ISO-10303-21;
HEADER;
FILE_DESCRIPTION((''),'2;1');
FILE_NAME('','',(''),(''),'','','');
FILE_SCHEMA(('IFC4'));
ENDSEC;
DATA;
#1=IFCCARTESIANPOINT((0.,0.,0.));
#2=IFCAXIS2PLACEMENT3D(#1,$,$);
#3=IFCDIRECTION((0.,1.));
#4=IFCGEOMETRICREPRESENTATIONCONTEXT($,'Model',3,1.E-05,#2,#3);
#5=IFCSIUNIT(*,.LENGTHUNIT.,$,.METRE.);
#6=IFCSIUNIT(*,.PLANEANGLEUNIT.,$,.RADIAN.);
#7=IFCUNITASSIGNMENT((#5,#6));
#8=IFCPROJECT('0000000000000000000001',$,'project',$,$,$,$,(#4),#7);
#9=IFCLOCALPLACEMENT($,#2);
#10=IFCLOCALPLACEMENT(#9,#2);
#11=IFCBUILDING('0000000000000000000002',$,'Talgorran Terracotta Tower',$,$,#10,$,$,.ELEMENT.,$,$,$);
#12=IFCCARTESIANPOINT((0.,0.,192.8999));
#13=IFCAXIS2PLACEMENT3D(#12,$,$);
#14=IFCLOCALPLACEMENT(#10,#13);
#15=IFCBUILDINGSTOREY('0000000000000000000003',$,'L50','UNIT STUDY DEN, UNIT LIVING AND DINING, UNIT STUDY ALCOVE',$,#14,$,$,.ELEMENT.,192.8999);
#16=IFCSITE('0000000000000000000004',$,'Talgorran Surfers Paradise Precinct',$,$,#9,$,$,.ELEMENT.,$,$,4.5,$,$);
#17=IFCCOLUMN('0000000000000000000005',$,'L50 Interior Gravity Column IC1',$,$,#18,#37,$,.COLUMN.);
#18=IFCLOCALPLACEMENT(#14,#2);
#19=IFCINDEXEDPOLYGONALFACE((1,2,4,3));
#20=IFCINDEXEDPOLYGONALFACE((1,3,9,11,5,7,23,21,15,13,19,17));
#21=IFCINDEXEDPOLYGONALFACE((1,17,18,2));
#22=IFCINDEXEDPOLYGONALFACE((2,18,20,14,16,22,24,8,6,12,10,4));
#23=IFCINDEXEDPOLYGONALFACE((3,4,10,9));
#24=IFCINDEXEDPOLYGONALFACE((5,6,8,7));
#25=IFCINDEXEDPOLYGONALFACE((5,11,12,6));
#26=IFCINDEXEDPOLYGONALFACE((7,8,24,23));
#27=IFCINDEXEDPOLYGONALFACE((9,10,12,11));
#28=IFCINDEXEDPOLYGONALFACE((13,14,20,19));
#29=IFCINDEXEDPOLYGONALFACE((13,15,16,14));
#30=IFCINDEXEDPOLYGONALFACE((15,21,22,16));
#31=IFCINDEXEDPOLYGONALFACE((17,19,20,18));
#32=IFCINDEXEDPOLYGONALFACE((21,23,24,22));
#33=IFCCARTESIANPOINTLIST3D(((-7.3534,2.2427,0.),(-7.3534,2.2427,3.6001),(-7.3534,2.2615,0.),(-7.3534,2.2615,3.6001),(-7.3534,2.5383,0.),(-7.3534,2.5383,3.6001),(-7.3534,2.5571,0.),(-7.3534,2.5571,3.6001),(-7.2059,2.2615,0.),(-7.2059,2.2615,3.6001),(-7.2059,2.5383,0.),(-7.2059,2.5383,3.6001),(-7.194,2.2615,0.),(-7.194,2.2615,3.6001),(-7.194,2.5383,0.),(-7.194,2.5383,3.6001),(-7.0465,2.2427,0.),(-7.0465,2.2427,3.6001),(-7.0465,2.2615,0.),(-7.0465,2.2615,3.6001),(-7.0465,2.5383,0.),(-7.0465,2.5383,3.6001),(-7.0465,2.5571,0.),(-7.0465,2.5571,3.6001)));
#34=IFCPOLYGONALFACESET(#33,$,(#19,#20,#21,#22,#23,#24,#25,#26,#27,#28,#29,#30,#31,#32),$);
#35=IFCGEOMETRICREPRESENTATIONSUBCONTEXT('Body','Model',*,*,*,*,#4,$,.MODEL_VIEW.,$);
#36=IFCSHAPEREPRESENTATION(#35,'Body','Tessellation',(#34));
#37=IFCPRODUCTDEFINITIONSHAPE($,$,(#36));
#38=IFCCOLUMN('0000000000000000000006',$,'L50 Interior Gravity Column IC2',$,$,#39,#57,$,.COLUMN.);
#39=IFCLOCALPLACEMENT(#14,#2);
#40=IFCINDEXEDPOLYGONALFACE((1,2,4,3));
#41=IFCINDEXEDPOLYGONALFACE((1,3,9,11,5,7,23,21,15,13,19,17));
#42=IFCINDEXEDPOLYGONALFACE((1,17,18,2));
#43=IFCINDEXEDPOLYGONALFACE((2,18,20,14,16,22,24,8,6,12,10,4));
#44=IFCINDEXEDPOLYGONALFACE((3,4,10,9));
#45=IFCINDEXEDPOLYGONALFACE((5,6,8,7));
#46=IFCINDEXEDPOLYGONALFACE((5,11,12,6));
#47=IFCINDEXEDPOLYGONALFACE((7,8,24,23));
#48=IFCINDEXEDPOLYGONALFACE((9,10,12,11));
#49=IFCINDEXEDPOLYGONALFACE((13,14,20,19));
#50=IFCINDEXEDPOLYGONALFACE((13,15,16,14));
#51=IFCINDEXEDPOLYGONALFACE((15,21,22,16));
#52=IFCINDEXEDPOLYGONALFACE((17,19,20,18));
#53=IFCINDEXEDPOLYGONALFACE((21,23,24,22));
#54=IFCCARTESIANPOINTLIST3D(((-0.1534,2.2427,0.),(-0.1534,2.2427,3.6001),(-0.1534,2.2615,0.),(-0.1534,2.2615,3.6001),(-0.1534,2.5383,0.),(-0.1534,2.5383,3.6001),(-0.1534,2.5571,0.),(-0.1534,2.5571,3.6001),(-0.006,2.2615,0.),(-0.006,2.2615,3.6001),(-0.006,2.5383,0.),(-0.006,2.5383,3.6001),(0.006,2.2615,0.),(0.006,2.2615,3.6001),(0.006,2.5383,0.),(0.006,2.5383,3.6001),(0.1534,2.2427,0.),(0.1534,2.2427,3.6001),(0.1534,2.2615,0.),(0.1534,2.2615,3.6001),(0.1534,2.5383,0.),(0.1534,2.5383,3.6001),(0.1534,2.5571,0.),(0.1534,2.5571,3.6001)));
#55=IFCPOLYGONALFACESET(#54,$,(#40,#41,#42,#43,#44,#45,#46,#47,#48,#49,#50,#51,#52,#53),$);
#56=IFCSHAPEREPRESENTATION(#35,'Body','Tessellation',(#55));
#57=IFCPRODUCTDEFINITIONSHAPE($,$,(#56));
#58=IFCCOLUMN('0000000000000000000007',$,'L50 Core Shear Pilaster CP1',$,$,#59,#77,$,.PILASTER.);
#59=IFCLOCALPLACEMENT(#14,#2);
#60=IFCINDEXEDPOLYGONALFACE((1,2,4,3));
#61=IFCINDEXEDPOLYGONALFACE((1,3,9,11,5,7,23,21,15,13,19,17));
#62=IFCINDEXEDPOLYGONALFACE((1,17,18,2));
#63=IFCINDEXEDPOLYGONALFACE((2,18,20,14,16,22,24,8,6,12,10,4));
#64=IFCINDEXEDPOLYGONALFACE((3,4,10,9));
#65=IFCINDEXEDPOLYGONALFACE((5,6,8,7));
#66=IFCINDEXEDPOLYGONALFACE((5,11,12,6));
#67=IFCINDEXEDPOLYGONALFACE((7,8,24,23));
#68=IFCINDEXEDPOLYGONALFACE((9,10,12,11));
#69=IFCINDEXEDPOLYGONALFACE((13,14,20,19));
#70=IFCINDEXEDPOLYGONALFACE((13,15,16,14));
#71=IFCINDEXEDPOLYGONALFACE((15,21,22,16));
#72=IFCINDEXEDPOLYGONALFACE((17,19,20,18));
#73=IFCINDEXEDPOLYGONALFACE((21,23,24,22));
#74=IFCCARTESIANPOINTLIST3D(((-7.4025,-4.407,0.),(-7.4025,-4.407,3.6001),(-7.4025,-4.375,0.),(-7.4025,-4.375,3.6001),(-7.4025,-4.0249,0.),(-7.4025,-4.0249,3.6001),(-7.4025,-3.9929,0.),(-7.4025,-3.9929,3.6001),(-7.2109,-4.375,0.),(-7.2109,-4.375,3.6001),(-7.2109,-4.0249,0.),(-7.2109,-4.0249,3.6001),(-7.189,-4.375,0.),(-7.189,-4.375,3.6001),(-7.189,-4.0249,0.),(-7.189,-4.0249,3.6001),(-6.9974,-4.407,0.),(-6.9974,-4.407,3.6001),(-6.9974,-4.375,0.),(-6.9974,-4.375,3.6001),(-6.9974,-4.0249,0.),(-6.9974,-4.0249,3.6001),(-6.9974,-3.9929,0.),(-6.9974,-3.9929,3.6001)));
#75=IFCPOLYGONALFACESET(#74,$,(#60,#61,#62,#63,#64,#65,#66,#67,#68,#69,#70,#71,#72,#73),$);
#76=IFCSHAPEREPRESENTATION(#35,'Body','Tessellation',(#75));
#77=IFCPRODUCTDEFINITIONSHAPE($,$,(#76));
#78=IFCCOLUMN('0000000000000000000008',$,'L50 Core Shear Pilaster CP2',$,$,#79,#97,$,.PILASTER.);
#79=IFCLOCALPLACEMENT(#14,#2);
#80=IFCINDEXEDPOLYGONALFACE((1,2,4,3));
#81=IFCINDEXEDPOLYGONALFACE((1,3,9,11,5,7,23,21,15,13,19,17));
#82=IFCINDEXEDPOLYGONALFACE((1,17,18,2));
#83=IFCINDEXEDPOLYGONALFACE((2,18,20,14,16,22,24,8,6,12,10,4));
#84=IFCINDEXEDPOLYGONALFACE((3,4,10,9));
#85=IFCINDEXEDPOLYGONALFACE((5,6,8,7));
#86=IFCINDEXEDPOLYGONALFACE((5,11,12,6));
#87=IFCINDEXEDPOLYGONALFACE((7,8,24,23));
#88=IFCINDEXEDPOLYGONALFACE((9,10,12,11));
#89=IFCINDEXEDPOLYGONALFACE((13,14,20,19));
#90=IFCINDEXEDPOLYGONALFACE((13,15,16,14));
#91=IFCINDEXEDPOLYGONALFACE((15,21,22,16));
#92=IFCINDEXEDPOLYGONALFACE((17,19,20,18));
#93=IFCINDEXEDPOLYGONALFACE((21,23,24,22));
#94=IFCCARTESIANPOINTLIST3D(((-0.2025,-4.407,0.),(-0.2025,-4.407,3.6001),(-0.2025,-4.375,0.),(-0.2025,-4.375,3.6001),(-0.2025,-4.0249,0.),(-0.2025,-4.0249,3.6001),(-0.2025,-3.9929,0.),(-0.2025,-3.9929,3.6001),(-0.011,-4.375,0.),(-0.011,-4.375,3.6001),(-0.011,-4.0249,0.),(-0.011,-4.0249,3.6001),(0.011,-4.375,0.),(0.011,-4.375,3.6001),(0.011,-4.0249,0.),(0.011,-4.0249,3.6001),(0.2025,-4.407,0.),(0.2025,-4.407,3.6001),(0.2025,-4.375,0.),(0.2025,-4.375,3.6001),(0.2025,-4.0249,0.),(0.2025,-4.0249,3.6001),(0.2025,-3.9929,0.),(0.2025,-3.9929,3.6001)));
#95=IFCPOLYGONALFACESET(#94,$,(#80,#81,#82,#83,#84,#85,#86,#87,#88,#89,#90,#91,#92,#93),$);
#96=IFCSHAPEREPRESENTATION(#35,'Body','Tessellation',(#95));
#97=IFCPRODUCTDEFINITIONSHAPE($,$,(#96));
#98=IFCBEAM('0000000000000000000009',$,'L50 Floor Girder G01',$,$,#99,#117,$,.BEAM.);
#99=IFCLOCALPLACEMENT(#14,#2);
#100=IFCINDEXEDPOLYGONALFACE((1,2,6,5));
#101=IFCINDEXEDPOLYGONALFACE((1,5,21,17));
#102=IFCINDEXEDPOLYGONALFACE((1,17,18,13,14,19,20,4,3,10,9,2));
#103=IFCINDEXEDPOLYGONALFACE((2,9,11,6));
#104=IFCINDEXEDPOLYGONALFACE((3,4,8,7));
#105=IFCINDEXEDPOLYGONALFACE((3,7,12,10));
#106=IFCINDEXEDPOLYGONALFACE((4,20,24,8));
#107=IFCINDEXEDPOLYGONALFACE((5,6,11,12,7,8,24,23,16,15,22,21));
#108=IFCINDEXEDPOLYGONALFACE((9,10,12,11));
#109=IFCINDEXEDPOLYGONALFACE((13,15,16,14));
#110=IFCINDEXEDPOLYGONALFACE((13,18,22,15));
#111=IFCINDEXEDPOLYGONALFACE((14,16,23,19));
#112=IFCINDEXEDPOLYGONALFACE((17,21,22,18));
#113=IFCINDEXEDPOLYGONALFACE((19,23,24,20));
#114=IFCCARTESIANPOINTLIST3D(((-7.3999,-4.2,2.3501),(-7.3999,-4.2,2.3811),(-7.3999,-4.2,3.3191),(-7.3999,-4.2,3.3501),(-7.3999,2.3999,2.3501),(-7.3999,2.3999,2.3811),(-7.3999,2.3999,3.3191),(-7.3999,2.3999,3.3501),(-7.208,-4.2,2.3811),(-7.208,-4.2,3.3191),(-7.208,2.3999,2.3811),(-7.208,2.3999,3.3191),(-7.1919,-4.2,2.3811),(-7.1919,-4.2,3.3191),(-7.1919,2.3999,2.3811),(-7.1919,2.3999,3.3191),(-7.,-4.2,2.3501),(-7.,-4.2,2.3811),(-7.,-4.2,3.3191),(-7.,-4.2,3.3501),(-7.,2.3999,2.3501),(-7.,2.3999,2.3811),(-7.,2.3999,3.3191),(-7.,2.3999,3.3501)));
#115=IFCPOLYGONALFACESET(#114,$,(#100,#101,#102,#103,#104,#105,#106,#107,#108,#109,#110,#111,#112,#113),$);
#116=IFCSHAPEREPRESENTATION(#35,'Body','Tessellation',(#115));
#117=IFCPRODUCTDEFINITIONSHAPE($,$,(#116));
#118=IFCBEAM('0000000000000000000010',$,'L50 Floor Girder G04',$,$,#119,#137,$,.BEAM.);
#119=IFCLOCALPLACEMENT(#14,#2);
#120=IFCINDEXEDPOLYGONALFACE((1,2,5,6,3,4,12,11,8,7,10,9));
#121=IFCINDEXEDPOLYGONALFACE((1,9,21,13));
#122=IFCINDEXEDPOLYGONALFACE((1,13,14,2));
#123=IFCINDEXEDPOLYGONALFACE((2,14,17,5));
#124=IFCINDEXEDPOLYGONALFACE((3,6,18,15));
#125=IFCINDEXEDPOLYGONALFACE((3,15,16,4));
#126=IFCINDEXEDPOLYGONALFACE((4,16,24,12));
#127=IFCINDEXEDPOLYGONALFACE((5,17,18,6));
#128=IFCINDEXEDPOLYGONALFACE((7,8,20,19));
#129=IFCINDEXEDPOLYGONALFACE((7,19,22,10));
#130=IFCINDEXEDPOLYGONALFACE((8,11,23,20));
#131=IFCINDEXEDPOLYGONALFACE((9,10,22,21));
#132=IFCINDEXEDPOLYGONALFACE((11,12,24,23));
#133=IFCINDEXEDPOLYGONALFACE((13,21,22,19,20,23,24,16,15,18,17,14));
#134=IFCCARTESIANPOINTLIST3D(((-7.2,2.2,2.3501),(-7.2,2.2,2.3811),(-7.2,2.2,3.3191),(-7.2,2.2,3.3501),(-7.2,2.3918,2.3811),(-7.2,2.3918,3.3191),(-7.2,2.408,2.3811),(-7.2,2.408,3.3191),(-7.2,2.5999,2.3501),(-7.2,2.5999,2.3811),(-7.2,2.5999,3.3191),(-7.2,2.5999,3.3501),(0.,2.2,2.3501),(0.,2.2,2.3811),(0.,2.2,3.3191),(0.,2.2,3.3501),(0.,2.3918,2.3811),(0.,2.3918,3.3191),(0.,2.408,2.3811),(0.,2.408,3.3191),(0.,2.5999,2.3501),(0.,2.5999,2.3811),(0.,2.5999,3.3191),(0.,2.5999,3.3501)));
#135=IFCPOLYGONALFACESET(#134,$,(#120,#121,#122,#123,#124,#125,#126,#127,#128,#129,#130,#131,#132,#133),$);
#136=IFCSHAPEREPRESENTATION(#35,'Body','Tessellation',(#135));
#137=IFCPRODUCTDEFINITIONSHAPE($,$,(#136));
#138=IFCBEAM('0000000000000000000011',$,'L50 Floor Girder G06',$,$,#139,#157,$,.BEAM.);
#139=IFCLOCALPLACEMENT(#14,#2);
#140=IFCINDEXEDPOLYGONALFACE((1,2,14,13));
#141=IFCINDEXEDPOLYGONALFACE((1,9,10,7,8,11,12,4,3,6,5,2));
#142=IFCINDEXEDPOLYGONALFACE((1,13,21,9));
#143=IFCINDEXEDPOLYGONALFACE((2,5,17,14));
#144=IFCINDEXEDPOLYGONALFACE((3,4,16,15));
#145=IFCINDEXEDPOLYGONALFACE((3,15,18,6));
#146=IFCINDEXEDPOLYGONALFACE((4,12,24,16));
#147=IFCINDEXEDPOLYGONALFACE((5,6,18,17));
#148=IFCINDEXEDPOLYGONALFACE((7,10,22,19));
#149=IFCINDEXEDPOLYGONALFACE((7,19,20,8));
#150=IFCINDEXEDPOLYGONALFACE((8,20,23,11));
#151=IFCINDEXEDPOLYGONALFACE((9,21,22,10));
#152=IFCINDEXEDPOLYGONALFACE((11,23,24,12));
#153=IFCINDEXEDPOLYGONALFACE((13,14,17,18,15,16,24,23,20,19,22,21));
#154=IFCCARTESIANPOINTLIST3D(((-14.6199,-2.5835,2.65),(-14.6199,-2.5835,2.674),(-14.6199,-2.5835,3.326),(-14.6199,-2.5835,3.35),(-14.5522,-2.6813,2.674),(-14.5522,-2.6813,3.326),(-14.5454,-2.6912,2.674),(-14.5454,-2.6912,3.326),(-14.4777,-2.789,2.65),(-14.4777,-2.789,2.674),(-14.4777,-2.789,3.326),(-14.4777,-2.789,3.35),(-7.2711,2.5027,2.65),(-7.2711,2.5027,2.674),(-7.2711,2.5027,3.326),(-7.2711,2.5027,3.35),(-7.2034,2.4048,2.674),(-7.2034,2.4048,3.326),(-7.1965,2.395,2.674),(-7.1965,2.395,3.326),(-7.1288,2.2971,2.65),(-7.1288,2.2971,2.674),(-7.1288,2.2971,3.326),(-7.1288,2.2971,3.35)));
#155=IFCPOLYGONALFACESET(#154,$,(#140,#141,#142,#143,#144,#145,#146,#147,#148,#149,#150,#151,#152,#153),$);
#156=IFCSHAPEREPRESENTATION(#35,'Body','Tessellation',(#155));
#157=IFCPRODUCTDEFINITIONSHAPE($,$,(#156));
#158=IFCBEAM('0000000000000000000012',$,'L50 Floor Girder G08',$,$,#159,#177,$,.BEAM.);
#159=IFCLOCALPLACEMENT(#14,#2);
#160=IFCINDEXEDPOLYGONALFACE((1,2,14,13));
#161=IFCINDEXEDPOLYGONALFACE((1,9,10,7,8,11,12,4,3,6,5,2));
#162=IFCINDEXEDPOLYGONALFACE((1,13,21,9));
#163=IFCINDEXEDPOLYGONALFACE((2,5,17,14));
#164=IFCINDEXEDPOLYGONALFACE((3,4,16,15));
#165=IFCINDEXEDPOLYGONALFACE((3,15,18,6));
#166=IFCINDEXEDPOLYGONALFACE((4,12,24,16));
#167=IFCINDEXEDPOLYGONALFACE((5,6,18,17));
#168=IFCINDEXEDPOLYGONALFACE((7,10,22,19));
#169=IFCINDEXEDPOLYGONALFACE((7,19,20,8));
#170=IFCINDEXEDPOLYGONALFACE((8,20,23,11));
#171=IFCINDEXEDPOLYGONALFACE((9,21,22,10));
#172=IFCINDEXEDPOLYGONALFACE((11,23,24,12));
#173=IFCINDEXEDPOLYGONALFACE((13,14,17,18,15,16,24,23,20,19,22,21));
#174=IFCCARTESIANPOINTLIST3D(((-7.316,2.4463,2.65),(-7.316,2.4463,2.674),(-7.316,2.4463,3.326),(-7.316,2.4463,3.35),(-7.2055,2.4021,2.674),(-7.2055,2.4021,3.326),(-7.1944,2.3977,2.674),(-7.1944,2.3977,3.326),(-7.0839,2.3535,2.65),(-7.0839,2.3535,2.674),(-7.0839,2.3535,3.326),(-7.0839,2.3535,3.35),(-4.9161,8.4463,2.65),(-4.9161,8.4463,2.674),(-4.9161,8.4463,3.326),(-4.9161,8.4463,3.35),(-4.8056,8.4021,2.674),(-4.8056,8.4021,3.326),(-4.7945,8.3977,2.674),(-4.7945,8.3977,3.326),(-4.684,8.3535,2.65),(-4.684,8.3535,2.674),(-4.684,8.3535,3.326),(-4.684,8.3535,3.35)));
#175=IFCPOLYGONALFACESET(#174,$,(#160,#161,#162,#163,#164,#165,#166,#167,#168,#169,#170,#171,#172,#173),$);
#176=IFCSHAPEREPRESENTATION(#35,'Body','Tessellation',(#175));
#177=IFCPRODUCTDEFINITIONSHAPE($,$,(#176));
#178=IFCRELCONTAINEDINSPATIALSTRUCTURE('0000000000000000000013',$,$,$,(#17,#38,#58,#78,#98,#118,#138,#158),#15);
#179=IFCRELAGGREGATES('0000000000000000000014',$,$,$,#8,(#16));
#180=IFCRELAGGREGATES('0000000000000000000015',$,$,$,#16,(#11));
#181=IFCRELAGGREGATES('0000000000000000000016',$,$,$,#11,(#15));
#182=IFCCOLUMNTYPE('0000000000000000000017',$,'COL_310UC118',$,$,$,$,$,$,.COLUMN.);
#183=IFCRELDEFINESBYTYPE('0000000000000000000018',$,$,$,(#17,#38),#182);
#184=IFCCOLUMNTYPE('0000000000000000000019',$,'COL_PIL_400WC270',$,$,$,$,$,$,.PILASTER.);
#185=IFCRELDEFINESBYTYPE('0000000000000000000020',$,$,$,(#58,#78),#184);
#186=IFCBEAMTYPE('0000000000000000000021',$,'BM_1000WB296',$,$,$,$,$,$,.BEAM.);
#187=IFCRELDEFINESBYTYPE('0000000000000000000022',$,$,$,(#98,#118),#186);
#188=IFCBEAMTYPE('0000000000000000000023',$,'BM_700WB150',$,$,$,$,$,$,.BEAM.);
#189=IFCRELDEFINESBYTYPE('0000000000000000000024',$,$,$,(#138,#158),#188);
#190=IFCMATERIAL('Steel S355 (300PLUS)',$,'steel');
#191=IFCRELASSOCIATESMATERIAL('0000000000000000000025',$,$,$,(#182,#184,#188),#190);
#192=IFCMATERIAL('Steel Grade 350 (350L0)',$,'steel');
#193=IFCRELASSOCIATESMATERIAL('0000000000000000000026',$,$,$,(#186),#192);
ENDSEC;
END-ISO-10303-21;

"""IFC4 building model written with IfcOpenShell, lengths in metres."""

from ifc_helpers import new_model, si_unit, direction, frame, origin, origin_2d, place, context, subcontext, project, spatial, i_section, extrude, material, material_profile, profile_set, type_object, element, save


model = new_model("IFC4")

# Units and contexts
model_context = context("Model", 3, precision=1e-05, world=origin(), true_north=direction((0.0, 1.0)))
body_context = subcontext(model_context, "Body", "Model", "MODEL_VIEW")
ifc_project = project(units=[si_unit("LENGTHUNIT", "METRE"), si_unit("PLANEANGLEUNIT", "RADIAN")], contexts=[model_context])

# Site, building, storey
site_placement = place(None, origin())
site = spatial("IfcSite", under=ifc_project, at=site_placement, Name="Talgorran Surfers Paradise Precinct", CompositionType="ELEMENT", RefElevation=4.5)
building_placement = place(site_placement, origin())
building = spatial("IfcBuilding", under=site, at=building_placement, Name="Talgorran Terracotta Tower", CompositionType="ELEMENT")
storey_placement = place(building_placement, frame((0.0, 0.0, 192.8999)))
storey = spatial("IfcBuildingStorey", under=building, at=storey_placement, Name="L50", Description="UNIT STUDY DEN, UNIT LIVING AND DINING, UNIT STUDY ALCOVE", CompositionType="ELEMENT", Elevation=192.8999)

# Columns
ifc_material_1 = material(Name="Steel S355 (300PLUS)", Category="steel")
ifc_material_profile_1 = material_profile(ifc_material_1, i_section(OverallWidth=0.3069, OverallDepth=0.3145, WebThickness=0.012, FlangeThickness=0.0188, at=origin_2d()), Name="310UC118")
ifc_profile_set_1 = profile_set([ifc_material_profile_1], Name="Steel S355 (300PLUS)")
column_type_1 = type_object("IfcColumnType", Name="COL_310UC118", PredefinedType="COLUMN", material=ifc_profile_set_1)
for number, where, z_axis, x_axis, name in (
    (1, (-7.2, 2.3999, 0.0), (0.0, 0.0, 1.0), (1.0, 0.0, 0.0), "L50 Interior Gravity Column IC1"),
    (2, (0.0, 2.3999, 0.0), (0.0, 0.0, 1.0), (1.0, 0.0, 0.0), "L50 Interior Gravity Column IC2"),
):
    element("IfcColumn", number, at=place(storey_placement, frame(where, z_axis=z_axis, x_axis=x_axis)), inside=storey, type_object=column_type_1, Name=name, PredefinedType="COLUMN", context=body_context, shape_type="SweptSolid", body=[
        extrude(i_section(OverallWidth=0.3069, OverallDepth=0.3145, WebThickness=0.012, FlangeThickness=0.0188, at=origin_2d()), origin(), (0.0, 0.0, 1.0), 3.6001),
    ])
ifc_material_profile_2 = material_profile(ifc_material_1, i_section(OverallWidth=0.405, OverallDepth=0.4141, WebThickness=0.022, FlangeThickness=0.032, at=origin_2d()), Name="400WC270")
ifc_profile_set_2 = profile_set([ifc_material_profile_2], Name="Steel S355 (300PLUS)")
column_type_2 = type_object("IfcColumnType", Name="COL_PIL_400WC270", PredefinedType="PILASTER", material=ifc_profile_set_2)
for number, where, z_axis, x_axis, name in (
    (3, (-7.2, -4.2, 0.0), (0.0, 0.0, 1.0), (1.0, 0.0, 0.0), "L50 Core Shear Pilaster CP1"),
    (4, (0.0, -4.2, 0.0), (0.0, 0.0, 1.0), (1.0, 0.0, 0.0), "L50 Core Shear Pilaster CP2"),
):
    element("IfcColumn", number, at=place(storey_placement, frame(where, z_axis=z_axis, x_axis=x_axis)), inside=storey, type_object=column_type_2, Name=name, PredefinedType="PILASTER", context=body_context, shape_type="SweptSolid", body=[
        extrude(i_section(OverallWidth=0.405, OverallDepth=0.4141, WebThickness=0.022, FlangeThickness=0.032, at=origin_2d()), origin(), (0.0, 0.0, 1.0), 3.6001),
    ])

# Beams
ifc_material_2 = material(Name="Steel Grade 350 (350L0)", Category="steel")
ifc_material_profile_3 = material_profile(ifc_material_2, i_section(OverallWidth=0.3999, OverallDepth=1.0, WebThickness=0.0161, FlangeThickness=0.031, at=origin_2d()), Name="1000WB296")
ifc_profile_set_3 = profile_set([ifc_material_profile_3], Name="Steel Grade 350 (350L0)")
beam_type_1 = type_object("IfcBeamType", Name="BM_1000WB296", PredefinedType="BEAM", material=ifc_profile_set_3)
beam_1_placement = place(storey_placement, frame((-7.2, -4.2, 2.8501), z_axis=(0.0, 1.0, 0.0), x_axis=(-1.0, 0.0, 0.0)))
element("IfcBeam", 5, at=beam_1_placement, inside=storey, type_object=beam_type_1, Name="L50 Floor Girder G01", PredefinedType="BEAM", context=body_context, shape_type="SweptSolid", body=[
    extrude(i_section(OverallWidth=0.3999, OverallDepth=1.0, WebThickness=0.0161, FlangeThickness=0.031, at=origin_2d()), origin(), (0.0, 0.0, 1.0), 6.5999),
])
beam_2_placement = place(storey_placement, frame((-7.2, 2.3999, 2.8501), z_axis=(1.0, 0.0, 0.0), x_axis=(0.0, 1.0, 0.0)))
element("IfcBeam", 6, at=beam_2_placement, inside=storey, type_object=beam_type_1, Name="L50 Floor Girder G04", PredefinedType="BEAM", context=body_context, shape_type="SweptSolid", body=[
    extrude(i_section(OverallWidth=0.3999, OverallDepth=1.0, WebThickness=0.0161, FlangeThickness=0.031, at=origin_2d()), origin(), (0.0, 0.0, 1.0), 7.2),
])
ifc_material_profile_4 = material_profile(ifc_material_1, i_section(OverallWidth=0.25, OverallDepth=0.7, WebThickness=0.012, FlangeThickness=0.0239, at=origin_2d()), Name="700WB150")
ifc_profile_set_4 = profile_set([ifc_material_profile_4], Name="Steel S355 (300PLUS)")
beam_type_2 = type_object("IfcBeamType", Name="BM_700WB150", PredefinedType="BEAM", material=ifc_profile_set_4)
beam_3_placement = place(storey_placement, frame((-7.2, 2.3999, 3.0), z_axis=(-0.822271, -0.569096, 0.0), x_axis=(0.569096, -0.822271, 0.0)))
element("IfcBeam", 7, at=beam_3_placement, inside=storey, type_object=beam_type_2, Name="L50 Floor Girder G06", PredefinedType="BEAM", context=body_context, shape_type="SweptSolid", body=[
    extrude(i_section(OverallWidth=0.25, OverallDepth=0.7, WebThickness=0.012, FlangeThickness=0.0239, at=origin_2d()), origin(), (0.0, 0.0, 1.0), 8.9373),
])
beam_4_placement = place(storey_placement, frame((-7.2, 2.3999, 3.0), z_axis=(0.371378, 0.928482, 0.0), x_axis=(-0.928482, 0.371378, 0.0)))
element("IfcBeam", 8, at=beam_4_placement, inside=storey, type_object=beam_type_2, Name="L50 Floor Girder G08", PredefinedType="BEAM", context=body_context, shape_type="SweptSolid", body=[
    extrude(i_section(OverallWidth=0.25, OverallDepth=0.7, WebThickness=0.012, FlangeThickness=0.0239, at=origin_2d()), origin(), (0.0, 0.0, 1.0), 6.4622),
])

save(model, "model.ifc")
